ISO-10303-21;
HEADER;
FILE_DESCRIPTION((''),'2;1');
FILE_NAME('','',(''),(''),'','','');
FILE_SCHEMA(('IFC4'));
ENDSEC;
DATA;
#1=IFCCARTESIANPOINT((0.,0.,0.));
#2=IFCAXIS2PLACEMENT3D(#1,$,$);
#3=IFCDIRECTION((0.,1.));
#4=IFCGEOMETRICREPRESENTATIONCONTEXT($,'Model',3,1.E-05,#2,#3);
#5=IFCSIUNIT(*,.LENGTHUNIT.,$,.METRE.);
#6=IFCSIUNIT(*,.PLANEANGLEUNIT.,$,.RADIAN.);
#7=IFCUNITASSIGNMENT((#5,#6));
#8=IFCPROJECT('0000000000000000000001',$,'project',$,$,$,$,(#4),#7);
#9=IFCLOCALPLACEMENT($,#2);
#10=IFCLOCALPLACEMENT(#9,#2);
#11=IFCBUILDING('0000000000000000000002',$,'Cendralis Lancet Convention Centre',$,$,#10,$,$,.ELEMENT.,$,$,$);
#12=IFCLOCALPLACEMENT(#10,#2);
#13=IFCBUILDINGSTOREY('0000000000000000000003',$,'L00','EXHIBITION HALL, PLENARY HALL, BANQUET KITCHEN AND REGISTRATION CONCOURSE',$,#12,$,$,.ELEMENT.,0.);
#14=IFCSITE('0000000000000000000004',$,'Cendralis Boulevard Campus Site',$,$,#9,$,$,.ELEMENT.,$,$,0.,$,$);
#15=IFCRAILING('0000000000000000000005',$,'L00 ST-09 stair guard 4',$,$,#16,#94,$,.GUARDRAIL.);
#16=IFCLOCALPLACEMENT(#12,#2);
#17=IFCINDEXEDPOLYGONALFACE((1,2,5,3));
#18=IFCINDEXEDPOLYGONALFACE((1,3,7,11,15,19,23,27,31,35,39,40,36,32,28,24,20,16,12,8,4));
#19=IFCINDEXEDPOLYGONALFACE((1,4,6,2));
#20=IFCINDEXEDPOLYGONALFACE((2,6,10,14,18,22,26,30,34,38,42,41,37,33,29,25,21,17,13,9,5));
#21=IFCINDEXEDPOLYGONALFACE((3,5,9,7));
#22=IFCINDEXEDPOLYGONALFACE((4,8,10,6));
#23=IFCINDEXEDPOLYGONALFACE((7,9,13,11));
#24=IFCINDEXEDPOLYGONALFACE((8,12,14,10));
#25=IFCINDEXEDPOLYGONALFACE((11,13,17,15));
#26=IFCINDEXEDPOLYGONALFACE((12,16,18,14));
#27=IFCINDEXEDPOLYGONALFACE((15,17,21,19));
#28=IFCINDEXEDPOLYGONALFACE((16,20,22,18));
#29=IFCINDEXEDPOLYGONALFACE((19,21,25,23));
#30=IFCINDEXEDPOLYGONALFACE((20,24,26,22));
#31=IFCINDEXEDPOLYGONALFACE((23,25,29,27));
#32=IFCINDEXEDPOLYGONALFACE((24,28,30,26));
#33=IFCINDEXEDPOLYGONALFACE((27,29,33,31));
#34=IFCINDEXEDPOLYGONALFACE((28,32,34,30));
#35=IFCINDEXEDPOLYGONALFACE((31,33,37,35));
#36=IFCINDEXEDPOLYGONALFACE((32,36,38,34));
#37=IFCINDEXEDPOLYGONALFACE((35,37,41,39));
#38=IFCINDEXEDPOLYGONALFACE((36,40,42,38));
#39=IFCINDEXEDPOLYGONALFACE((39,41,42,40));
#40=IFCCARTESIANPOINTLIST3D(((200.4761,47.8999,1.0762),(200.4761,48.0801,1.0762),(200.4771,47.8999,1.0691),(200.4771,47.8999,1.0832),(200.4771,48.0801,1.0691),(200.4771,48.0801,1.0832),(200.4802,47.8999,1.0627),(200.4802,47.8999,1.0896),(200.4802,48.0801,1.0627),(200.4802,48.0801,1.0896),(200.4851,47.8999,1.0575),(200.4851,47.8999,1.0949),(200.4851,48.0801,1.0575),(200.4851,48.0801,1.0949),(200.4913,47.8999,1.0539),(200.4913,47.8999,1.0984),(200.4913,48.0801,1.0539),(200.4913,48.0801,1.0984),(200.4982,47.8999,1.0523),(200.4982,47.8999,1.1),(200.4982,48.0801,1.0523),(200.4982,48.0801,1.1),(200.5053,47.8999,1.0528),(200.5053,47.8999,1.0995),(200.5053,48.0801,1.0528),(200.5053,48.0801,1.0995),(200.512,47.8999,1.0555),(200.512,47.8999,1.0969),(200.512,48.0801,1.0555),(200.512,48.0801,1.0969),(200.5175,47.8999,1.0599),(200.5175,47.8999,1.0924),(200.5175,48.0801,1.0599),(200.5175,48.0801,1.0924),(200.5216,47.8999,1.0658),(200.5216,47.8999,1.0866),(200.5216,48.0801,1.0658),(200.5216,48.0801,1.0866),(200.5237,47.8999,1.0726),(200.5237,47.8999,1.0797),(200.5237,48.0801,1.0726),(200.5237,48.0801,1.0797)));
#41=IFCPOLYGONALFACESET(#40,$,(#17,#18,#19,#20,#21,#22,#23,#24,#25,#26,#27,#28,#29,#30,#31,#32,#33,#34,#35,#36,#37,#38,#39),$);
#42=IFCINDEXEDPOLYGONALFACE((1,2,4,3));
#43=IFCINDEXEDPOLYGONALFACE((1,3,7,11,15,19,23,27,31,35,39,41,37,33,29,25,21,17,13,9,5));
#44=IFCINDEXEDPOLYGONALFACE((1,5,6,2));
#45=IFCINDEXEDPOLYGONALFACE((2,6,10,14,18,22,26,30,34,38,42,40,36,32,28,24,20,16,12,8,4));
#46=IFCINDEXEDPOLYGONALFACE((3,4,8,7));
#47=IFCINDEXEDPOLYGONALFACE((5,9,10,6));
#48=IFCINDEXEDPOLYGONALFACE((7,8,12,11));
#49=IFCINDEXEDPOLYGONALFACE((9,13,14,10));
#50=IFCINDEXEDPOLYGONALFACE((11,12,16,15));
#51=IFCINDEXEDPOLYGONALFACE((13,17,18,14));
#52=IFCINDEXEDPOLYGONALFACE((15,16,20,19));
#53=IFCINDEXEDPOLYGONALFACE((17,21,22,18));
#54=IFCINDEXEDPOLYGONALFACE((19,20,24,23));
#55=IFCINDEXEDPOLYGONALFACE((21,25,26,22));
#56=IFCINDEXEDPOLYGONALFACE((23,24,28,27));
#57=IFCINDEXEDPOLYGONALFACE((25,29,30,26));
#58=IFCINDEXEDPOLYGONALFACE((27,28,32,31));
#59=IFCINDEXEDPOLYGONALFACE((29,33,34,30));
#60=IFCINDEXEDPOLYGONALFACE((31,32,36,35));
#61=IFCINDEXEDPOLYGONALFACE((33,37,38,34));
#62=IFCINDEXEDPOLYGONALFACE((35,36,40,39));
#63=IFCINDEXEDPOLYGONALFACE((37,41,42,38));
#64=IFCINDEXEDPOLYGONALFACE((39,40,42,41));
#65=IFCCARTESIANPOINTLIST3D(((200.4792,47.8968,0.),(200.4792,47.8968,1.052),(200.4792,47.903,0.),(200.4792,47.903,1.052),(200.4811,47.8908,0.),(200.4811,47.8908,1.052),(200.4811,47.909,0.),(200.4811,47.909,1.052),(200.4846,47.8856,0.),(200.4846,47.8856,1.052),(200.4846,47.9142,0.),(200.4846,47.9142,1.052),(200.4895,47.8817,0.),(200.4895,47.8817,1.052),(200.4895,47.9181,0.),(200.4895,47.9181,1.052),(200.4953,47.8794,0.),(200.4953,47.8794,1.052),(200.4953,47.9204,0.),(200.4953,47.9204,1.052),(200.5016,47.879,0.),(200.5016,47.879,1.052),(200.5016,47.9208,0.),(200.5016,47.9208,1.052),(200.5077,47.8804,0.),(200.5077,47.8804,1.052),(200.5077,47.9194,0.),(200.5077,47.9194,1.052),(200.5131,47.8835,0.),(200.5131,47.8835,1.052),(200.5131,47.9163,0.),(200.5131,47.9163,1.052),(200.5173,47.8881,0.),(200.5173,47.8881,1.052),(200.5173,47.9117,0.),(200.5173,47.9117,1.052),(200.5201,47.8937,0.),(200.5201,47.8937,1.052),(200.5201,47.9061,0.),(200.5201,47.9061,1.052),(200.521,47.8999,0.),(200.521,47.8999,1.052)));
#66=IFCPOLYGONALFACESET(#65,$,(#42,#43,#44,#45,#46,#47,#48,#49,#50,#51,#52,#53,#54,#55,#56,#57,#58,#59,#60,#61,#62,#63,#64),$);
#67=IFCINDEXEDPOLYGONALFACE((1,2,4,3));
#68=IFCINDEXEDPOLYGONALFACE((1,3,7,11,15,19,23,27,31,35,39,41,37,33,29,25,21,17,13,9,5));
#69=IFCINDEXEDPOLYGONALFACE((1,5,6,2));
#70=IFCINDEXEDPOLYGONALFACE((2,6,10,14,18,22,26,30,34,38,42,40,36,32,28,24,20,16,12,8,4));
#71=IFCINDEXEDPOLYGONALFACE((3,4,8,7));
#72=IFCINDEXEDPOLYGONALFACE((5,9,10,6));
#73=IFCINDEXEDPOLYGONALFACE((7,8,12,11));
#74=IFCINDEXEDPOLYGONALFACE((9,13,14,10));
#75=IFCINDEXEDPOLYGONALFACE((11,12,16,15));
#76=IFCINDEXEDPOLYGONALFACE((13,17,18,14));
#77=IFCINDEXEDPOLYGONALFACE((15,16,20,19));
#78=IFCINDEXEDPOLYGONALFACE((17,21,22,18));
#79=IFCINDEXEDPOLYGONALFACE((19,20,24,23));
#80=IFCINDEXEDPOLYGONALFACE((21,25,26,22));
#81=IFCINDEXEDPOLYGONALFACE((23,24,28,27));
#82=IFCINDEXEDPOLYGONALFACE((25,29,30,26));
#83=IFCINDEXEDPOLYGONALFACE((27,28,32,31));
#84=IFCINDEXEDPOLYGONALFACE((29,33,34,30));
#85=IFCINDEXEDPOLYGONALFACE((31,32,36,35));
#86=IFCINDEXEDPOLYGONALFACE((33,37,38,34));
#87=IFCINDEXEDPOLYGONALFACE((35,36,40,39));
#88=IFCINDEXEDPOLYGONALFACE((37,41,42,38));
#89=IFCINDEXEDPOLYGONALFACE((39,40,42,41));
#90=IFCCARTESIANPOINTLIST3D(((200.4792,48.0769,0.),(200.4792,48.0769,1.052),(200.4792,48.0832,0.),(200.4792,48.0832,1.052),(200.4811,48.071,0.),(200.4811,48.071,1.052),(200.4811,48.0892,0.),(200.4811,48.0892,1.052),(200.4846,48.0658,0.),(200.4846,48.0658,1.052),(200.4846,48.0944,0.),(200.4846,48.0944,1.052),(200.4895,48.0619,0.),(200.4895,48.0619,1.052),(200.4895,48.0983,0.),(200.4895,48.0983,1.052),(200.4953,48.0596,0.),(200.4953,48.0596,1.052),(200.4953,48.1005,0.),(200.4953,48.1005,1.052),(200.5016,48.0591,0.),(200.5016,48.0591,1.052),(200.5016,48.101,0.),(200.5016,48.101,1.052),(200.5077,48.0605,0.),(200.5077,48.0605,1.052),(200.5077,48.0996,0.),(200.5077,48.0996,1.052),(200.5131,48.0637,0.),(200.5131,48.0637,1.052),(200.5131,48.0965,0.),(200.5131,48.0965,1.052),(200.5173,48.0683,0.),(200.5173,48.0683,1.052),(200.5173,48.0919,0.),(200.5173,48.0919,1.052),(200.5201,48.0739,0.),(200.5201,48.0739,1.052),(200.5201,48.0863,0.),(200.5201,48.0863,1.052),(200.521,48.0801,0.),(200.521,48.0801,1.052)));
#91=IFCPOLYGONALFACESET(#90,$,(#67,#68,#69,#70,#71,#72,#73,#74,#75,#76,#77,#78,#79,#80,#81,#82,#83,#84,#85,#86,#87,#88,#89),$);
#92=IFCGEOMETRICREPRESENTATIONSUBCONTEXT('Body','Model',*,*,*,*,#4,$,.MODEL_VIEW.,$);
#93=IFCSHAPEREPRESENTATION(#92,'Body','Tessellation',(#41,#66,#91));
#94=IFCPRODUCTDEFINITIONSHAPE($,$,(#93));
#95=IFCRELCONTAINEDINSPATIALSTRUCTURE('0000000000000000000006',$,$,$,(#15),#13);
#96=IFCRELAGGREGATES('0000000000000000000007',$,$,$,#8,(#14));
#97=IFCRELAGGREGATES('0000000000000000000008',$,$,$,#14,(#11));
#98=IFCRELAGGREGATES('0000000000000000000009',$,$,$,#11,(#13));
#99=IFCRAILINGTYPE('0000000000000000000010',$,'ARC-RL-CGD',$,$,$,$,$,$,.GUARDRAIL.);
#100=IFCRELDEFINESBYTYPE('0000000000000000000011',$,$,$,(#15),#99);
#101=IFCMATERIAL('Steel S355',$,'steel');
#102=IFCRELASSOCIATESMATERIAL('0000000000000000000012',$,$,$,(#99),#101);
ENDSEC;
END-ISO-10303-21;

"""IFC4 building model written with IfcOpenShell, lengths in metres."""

from ifc_helpers import new_model, si_unit, direction, frame, origin, origin_2d, place, context, subcontext, project, spatial, circle, extrude, material, type_object, element, save


model = new_model("IFC4")

# Units and contexts
model_context = context("Model", 3, precision=1e-05, world=origin(), true_north=direction((0.0, 1.0)))
body_context = subcontext(model_context, "Body", "Model", "MODEL_VIEW")
ifc_project = project(units=[si_unit("LENGTHUNIT", "METRE"), si_unit("PLANEANGLEUNIT", "RADIAN")], contexts=[model_context])

# Site, building, storey
site_placement = place(None, origin())
site = spatial("IfcSite", under=ifc_project, at=site_placement, Name="Cendralis Boulevard Campus Site", CompositionType="ELEMENT", RefElevation=0.0)
building_placement = place(site_placement, origin())
building = spatial("IfcBuilding", under=site, at=building_placement, Name="Cendralis Lancet Convention Centre", CompositionType="ELEMENT")
storey_placement = place(building_placement, origin())
storey = spatial("IfcBuildingStorey", under=building, at=storey_placement, Name="L00", Description="EXHIBITION HALL, PLENARY HALL, BANQUET KITCHEN AND REGISTRATION CONCOURSE", CompositionType="ELEMENT", Elevation=0.0)

# Shared definitions
ifc_material_1 = material(Name="Steel S355", Category="steel")

# Railing
railing_type_1 = type_object("IfcRailingType", Name="ARC-RL-CGD", PredefinedType="GUARDRAIL", material=ifc_material_1)
railing_1_placement = place(storey_placement, frame((200.5, 47.8999, 0.0)))
element("IfcRailing", 1, at=railing_1_placement, inside=storey, type_object=railing_type_1, Name="L00 ST-09 stair guard 4", PredefinedType="GUARDRAIL", context=body_context, shape_type="SweptSolid", body=[
    extrude(circle(Radius=0.0239, at=origin_2d()), frame((0.0, 0.0, 1.0762), z_axis=(0.0, 1.0, 0.0), x_axis=(-1.0, 0.0, 0.0)), (0.0, 0.0, 1.0), 0.1802),
    extrude(circle(Radius=0.021, at=origin_2d()), origin(), (0.0, 0.0, 1.0), 1.052),
    extrude(circle(Radius=0.021, at=origin_2d()), frame((0.0, 0.1802, 0.0)), (0.0, 0.0, 1.0), 1.052),
])

save(model, "model.ifc")
